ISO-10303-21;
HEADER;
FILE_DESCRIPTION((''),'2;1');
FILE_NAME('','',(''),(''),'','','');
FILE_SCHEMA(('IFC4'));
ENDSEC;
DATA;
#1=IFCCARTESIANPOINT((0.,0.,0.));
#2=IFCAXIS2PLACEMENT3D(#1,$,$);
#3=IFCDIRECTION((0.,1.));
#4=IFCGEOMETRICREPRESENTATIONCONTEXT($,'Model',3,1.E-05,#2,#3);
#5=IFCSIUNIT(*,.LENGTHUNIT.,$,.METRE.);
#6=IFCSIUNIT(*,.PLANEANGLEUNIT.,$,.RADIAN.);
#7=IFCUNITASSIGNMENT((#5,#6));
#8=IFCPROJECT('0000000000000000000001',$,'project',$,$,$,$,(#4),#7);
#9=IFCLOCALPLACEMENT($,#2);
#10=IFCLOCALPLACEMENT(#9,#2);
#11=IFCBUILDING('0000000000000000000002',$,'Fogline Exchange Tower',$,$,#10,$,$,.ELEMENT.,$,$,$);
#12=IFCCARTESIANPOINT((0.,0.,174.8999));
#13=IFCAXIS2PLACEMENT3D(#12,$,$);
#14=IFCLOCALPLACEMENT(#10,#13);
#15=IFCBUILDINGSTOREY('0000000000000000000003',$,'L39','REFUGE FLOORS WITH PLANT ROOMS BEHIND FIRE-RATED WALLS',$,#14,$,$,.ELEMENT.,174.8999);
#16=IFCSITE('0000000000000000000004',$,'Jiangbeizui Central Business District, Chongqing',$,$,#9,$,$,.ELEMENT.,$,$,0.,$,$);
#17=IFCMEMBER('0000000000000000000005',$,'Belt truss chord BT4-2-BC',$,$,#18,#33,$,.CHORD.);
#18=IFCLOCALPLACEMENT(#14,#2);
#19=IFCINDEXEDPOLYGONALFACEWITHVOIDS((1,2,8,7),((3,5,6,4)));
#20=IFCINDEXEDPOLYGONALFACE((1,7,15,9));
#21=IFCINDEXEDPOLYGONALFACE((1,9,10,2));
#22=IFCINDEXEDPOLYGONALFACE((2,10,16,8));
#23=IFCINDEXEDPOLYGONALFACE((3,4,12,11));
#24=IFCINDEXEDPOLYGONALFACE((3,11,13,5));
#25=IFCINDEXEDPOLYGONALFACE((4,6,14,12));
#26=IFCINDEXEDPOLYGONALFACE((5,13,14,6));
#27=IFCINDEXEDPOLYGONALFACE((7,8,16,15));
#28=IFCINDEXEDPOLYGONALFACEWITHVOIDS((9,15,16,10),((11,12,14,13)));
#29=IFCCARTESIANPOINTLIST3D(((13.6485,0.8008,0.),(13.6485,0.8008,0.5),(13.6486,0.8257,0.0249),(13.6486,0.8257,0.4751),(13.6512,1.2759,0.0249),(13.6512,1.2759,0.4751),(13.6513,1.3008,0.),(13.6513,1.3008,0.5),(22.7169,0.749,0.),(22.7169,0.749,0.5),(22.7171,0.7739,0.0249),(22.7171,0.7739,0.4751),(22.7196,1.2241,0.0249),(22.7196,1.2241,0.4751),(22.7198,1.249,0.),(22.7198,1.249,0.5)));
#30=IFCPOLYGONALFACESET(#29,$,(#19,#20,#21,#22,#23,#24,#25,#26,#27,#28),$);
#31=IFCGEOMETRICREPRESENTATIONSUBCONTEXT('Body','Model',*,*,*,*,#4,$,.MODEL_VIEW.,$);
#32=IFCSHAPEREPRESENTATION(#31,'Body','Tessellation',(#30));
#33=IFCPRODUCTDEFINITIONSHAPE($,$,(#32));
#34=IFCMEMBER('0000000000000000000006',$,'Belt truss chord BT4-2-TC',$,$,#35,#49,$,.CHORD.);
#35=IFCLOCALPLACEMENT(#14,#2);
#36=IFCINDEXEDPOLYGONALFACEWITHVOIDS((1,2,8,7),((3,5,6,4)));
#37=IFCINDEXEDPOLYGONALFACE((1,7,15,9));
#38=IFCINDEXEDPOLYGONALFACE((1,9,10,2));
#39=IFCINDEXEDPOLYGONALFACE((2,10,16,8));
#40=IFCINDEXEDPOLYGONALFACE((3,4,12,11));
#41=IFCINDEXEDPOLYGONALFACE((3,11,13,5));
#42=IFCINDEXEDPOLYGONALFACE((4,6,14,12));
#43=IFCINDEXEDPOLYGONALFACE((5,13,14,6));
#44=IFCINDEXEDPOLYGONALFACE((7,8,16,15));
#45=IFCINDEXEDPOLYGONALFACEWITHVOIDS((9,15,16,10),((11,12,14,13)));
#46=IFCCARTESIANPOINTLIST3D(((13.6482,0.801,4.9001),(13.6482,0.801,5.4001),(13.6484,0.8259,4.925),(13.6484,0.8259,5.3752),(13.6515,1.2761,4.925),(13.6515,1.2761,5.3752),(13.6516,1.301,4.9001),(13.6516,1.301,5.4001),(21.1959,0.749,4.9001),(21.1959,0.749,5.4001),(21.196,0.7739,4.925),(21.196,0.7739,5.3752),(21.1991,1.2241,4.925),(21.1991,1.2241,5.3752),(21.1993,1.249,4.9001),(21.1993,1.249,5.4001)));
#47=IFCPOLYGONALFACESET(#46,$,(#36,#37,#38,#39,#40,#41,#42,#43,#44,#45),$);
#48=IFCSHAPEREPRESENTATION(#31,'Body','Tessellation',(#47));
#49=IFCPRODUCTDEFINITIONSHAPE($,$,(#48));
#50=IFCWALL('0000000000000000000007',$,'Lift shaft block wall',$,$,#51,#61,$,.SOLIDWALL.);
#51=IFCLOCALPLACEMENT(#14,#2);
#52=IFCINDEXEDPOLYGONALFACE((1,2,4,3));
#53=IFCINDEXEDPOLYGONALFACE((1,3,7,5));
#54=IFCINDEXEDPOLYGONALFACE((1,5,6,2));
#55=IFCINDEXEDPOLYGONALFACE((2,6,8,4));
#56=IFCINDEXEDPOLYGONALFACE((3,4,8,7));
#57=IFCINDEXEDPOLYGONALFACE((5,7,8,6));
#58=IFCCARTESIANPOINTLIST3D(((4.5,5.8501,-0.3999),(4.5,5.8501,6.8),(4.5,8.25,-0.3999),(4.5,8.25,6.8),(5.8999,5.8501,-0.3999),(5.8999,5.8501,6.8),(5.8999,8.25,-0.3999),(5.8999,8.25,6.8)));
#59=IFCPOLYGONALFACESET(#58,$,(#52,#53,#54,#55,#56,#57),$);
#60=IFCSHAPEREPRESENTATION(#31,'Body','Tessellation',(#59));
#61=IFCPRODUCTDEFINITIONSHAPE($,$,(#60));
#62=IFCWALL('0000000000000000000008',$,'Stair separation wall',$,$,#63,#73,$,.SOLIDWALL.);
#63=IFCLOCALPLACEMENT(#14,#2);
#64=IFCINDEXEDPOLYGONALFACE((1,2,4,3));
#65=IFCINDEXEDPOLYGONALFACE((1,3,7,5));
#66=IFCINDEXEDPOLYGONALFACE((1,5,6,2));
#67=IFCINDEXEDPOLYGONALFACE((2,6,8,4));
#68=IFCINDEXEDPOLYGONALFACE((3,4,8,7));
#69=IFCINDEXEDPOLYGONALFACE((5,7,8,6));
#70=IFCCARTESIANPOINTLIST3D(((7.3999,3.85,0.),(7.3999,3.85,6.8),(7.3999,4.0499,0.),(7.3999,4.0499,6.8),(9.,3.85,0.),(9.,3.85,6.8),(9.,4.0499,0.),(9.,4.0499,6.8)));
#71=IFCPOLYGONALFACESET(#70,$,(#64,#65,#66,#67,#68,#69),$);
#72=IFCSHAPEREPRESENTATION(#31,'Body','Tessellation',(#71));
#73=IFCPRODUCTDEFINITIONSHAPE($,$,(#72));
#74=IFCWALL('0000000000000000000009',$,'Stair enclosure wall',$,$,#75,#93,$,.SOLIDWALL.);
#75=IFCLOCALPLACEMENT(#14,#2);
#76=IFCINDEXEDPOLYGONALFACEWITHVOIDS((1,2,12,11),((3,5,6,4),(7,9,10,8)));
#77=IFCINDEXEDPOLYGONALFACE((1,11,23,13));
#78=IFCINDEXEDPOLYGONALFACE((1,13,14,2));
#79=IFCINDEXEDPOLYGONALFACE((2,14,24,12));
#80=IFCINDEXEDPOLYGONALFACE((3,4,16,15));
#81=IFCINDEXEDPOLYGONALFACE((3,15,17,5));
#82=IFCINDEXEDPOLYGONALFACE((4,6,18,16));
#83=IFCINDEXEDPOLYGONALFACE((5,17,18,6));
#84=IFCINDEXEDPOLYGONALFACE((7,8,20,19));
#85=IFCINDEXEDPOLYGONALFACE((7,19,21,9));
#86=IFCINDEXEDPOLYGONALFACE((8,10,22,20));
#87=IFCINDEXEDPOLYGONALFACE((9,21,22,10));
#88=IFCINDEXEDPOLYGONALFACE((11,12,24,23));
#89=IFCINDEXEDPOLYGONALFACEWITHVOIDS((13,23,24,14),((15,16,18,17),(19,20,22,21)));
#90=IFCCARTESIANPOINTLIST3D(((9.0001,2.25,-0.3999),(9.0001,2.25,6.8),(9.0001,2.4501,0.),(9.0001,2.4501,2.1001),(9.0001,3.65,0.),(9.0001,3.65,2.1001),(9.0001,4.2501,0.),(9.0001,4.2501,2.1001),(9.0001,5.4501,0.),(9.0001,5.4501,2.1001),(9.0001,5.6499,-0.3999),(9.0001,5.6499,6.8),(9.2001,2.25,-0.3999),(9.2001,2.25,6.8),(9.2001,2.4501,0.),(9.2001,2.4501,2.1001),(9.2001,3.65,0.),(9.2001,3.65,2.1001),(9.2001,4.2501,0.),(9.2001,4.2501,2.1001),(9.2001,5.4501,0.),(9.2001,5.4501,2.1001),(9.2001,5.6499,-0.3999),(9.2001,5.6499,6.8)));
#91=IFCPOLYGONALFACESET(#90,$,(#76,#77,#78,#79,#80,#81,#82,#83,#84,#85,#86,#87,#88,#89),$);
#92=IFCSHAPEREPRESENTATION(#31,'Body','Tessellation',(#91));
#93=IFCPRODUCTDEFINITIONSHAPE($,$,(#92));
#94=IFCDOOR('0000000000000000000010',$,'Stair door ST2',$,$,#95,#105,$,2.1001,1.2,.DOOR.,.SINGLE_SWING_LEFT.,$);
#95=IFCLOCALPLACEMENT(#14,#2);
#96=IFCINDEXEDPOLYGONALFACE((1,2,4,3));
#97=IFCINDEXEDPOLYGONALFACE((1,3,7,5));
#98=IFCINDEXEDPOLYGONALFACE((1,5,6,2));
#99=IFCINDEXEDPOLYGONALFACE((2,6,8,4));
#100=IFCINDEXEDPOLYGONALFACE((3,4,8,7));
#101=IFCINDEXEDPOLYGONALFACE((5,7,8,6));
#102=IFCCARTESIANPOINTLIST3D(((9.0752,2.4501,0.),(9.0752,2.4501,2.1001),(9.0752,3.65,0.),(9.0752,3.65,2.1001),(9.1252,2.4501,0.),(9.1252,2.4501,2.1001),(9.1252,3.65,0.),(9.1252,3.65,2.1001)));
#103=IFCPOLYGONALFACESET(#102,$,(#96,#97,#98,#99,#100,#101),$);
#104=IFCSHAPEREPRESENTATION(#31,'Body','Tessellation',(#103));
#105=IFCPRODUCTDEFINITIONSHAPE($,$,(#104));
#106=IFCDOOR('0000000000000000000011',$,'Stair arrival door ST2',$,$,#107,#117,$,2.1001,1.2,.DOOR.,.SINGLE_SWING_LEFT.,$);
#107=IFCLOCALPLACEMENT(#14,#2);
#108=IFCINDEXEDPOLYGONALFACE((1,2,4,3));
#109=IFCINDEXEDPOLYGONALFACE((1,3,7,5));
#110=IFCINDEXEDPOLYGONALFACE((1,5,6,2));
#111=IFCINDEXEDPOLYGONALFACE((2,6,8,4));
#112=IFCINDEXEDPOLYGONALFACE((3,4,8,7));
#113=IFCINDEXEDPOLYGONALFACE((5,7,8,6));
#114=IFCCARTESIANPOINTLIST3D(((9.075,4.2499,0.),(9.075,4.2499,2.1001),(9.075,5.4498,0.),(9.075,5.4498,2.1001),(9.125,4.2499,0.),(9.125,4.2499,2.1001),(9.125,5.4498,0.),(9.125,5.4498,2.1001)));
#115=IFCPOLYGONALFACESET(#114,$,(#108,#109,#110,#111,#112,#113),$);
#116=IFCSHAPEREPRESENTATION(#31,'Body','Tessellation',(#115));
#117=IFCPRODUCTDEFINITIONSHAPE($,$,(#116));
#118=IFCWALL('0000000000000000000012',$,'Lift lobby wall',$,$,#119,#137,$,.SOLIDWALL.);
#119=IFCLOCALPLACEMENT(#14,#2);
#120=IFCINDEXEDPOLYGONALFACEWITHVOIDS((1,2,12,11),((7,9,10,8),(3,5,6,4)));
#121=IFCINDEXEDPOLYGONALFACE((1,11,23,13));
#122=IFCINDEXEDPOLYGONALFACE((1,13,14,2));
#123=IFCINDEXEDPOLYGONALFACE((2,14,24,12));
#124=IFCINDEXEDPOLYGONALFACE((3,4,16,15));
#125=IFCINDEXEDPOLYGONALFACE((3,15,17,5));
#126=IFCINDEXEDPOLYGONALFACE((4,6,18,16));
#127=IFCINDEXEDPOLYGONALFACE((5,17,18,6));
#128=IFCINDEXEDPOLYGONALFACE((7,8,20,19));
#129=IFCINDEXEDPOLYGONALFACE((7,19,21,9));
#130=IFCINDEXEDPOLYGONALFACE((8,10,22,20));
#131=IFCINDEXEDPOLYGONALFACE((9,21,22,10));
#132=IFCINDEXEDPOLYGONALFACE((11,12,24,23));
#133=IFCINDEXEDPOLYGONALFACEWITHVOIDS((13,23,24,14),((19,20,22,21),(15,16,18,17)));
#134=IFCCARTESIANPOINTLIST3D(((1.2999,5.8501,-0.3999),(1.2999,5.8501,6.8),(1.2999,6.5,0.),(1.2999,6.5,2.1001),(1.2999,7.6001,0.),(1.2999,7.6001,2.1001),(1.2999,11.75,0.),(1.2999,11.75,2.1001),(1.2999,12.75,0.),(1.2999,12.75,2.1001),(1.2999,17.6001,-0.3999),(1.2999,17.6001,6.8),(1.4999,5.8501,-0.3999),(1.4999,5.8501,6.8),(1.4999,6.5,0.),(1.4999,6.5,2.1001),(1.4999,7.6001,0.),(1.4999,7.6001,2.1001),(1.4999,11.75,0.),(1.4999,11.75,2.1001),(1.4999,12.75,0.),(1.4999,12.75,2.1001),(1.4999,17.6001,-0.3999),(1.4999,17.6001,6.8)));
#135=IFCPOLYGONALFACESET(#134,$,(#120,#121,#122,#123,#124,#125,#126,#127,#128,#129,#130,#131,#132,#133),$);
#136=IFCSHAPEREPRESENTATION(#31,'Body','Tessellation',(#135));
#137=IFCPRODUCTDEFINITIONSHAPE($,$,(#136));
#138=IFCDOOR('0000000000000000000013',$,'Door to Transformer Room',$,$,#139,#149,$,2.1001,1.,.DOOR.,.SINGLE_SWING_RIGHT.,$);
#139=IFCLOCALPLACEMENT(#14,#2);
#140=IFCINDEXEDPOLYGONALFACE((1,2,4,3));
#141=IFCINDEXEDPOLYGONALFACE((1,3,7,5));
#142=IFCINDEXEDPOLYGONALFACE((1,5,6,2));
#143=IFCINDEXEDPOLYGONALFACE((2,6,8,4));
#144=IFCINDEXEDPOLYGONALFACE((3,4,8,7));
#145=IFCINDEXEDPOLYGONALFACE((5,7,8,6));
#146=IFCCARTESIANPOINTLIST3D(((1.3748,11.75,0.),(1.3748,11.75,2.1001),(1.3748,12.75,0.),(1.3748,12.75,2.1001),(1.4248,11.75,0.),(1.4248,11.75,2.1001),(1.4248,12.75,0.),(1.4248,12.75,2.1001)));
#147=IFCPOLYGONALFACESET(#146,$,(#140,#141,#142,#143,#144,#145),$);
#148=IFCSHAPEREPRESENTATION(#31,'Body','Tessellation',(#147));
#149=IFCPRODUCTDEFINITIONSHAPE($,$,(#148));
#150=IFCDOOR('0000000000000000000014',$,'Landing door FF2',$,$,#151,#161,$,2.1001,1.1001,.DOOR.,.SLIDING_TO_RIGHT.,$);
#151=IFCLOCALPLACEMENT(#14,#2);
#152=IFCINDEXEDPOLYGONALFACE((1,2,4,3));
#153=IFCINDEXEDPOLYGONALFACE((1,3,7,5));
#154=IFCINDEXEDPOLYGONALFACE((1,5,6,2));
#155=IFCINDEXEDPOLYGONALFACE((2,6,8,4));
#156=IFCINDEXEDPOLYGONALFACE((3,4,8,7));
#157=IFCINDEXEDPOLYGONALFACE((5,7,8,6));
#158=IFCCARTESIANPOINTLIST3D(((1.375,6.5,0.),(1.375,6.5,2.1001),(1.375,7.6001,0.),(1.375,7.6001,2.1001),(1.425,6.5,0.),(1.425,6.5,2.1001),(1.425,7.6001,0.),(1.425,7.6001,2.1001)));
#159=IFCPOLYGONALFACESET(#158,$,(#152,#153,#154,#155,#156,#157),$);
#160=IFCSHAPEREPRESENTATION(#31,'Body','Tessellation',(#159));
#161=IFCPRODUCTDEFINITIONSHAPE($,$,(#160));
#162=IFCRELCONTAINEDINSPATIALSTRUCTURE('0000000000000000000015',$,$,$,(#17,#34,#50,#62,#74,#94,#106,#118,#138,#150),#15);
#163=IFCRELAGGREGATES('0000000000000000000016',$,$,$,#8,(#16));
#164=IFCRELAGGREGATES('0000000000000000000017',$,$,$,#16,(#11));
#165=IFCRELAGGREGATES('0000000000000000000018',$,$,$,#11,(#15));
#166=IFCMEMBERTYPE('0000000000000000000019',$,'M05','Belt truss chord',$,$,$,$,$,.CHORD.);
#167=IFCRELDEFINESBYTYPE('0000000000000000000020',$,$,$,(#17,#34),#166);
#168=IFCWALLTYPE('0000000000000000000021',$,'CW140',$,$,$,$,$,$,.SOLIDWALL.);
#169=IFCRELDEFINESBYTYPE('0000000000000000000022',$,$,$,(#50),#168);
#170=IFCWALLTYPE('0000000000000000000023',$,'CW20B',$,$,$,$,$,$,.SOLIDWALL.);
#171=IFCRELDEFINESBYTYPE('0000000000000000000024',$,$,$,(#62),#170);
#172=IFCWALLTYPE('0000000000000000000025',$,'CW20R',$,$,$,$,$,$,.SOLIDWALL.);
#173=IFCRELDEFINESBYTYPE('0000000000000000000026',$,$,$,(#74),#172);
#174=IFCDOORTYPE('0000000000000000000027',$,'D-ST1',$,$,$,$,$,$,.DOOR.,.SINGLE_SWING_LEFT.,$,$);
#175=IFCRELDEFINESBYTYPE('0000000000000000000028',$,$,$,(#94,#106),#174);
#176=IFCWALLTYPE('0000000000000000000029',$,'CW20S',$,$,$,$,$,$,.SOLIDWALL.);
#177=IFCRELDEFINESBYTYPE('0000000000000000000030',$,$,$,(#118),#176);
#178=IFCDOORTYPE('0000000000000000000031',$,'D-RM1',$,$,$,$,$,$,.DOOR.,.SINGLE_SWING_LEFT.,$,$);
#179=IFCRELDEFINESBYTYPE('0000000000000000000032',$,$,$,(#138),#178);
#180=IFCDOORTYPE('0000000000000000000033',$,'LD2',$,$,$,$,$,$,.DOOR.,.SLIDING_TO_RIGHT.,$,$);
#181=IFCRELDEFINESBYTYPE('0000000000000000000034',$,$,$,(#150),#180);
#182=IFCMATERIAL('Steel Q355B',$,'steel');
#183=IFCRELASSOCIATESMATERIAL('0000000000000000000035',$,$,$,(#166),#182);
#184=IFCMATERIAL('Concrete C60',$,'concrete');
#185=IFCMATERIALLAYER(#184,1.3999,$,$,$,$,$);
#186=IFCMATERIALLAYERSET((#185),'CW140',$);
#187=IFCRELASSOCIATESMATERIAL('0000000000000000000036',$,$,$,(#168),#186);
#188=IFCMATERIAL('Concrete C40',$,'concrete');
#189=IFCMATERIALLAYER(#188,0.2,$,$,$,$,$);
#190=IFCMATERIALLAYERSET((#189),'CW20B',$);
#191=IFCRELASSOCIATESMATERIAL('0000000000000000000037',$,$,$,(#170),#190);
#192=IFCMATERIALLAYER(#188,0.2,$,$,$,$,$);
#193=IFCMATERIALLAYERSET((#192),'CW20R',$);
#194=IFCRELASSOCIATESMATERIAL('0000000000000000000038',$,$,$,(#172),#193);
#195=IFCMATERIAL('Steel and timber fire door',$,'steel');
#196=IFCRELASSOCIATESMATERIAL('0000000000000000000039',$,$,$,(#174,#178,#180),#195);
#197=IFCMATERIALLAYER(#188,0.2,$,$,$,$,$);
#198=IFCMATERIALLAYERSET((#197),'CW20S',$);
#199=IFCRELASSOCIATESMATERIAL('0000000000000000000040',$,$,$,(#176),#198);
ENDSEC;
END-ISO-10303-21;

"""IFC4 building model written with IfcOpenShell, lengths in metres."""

from ifc_helpers import new_model, si_unit, direction, frame, frame_2d, origin, origin_2d, place, context, subcontext, project, spatial, rectangle, hollow_rectangle, extrude, material, layer, layer_set, material_profile, profile_set, type_object, element, fill, save


model = new_model("IFC4")

# Units and contexts
model_context = context("Model", 3, precision=1e-05, world=origin(), true_north=direction((0.0, 1.0)))
body_context = subcontext(model_context, "Body", "Model", "MODEL_VIEW")
ifc_project = project(units=[si_unit("LENGTHUNIT", "METRE"), si_unit("PLANEANGLEUNIT", "RADIAN")], contexts=[model_context])

# Site, building, storey
site_placement = place(None, origin())
site = spatial("IfcSite", under=ifc_project, at=site_placement, Name="Jiangbeizui Central Business District, Chongqing", CompositionType="ELEMENT", RefElevation=0.0)
building_placement = place(site_placement, origin())
building = spatial("IfcBuilding", under=site, at=building_placement, Name="Fogline Exchange Tower", CompositionType="ELEMENT")
storey_placement = place(building_placement, frame((0.0, 0.0, 174.8999)))
storey = spatial("IfcBuildingStorey", under=building, at=storey_placement, Name="L39", Description="REFUGE FLOORS WITH PLANT ROOMS BEHIND FIRE-RATED WALLS", CompositionType="ELEMENT", Elevation=174.8999)

# Members
ifc_material_1 = material(Name="Steel Q355B", Category="steel")
ifc_material_profile = material_profile(ifc_material_1, hollow_rectangle(XDim=0.5, YDim=0.5, WallThickness=0.0249, at=origin_2d()), Name="BOX500X500X25")
ifc_profile_set = profile_set([ifc_material_profile], Name="Steel Q355B")
member_type = type_object("IfcMemberType", Name="M05", Description="Belt truss chord", PredefinedType="CHORD", material=ifc_profile_set)
member_1_placement = place(storey_placement, frame((13.6499, 1.0508, 0.25), z_axis=(0.999984, -0.005707, 0.0), x_axis=(0.005707, 0.999984, 0.0)))
element("IfcMember", 1, at=member_1_placement, inside=storey, type_object=member_type, Name="Belt truss chord BT4-2-BC", PredefinedType="CHORD", context=body_context, shape_type="SweptSolid", body=[
    extrude(hollow_rectangle(XDim=0.5, YDim=0.5, WallThickness=0.0249, at=origin_2d()), origin(), (0.0, 0.0, 1.0), 9.0686),
])
member_2_placement = place(storey_placement, frame((13.6499, 1.051, 5.1501), z_axis=(0.999976, -0.00689, 0.0), x_axis=(0.00689, 0.999976, 0.0)))
element("IfcMember", 2, at=member_2_placement, inside=storey, type_object=member_type, Name="Belt truss chord BT4-2-TC", PredefinedType="CHORD", context=body_context, shape_type="SweptSolid", body=[
    extrude(hollow_rectangle(XDim=0.5, YDim=0.5, WallThickness=0.0249, at=origin_2d()), origin(), (0.0, 0.0, 1.0), 7.5479),
])

# Walls
ifc_material_2 = material(Name="Concrete C60", Category="concrete")
ifc_layer_1 = layer(ifc_material_2, 1.3999)
ifc_layer_set_1 = layer_set([ifc_layer_1], Name="CW140")
wall_type_1 = type_object("IfcWallType", Name="CW140", PredefinedType="SOLIDWALL", material=ifc_layer_set_1)
wall_1_placement = place(storey_placement, frame((5.2, 5.8501, -0.3999), z_axis=(0.0, 0.0, 1.0), x_axis=(0.0, 1.0, 0.0)))
element("IfcWall", 3, at=wall_1_placement, inside=storey, type_object=wall_type_1, Name="Lift shaft block wall", PredefinedType="SOLIDWALL", context=body_context, shape_type="SweptSolid", body=[
    extrude(rectangle(XDim=2.3999, YDim=1.3999, at=frame_2d((1.2, 0.0))), origin(), (0.0, 0.0, 1.0), 7.2),
])
ifc_material_3 = material(Name="Concrete C40", Category="concrete")
ifc_layer_2 = layer(ifc_material_3, 0.2)
ifc_layer_set_2 = layer_set([ifc_layer_2], Name="CW20B")
wall_type_2 = type_object("IfcWallType", Name="CW20B", PredefinedType="SOLIDWALL", material=ifc_layer_set_2)
wall_2_placement = place(storey_placement, frame((7.3999, 3.95, 0.0), z_axis=(0.0, 0.0, 1.0), x_axis=(1.0, 0.0, 0.0)))
element("IfcWall", 4, at=wall_2_placement, inside=storey, type_object=wall_type_2, Name="Stair separation wall", PredefinedType="SOLIDWALL", context=body_context, shape_type="SweptSolid", body=[
    extrude(rectangle(XDim=1.6001, YDim=0.2, at=frame_2d((0.8, 0.0))), origin(), (0.0, 0.0, 1.0), 6.8),
])

# Walls, openings, doors
ifc_layer_3 = layer(ifc_material_3, 0.2)
ifc_layer_set_3 = layer_set([ifc_layer_3], Name="CW20R")
wall_type_3 = type_object("IfcWallType", Name="CW20R", PredefinedType="SOLIDWALL", material=ifc_layer_set_3)
wall_3_placement = place(storey_placement, frame((9.1001, 2.25, -0.3999), z_axis=(0.0, 0.0, 1.0), x_axis=(0.0, 1.0, 0.0)))
wall_3 = element("IfcWall", 5, at=wall_3_placement, inside=storey, type_object=wall_type_3, Name="Stair enclosure wall", PredefinedType="SOLIDWALL", context=body_context, shape_type="SweptSolid", body=[
    extrude(rectangle(XDim=3.3999, YDim=0.2, at=frame_2d((1.7, 0.0))), origin(), (0.0, 0.0, 1.0), 7.2),
])
opening_1_placement = place(wall_3_placement, frame((0.2, 0.0, 0.3999)))
opening_1 = element("IfcOpeningElement", 6, at=opening_1_placement, cuts=wall_3, PredefinedType="OPENING", context=body_context, shape_type="SweptSolid", body=[
    extrude(rectangle(XDim=1.2, YDim=2.1001, at=frame_2d((0.6001, 1.05))), frame((0.0, 0.1099, 0.0), z_axis=(0.0, -1.0, 0.0), x_axis=(1.0, 0.0, 0.0)), (0.0, 0.0, 1.0), 0.22),
])
opening_2_placement = place(wall_3_placement, frame((2.0, 0.0, 0.3999)))
opening_2 = element("IfcOpeningElement", 7, at=opening_2_placement, cuts=wall_3, PredefinedType="OPENING", context=body_context, shape_type="SweptSolid", body=[
    extrude(rectangle(XDim=1.2, YDim=2.1001, at=frame_2d((0.6001, 1.05))), frame((0.0, 0.1099, 0.0), z_axis=(0.0, -1.0, 0.0), x_axis=(1.0, 0.0, 0.0)), (0.0, 0.0, 1.0), 0.22),
])
ifc_material_4 = material(Name="Steel and timber fire door", Category="steel")
door_type_1 = type_object("IfcDoorType", Name="D-ST1", OperationType="SINGLE_SWING_LEFT", PredefinedType="DOOR", material=ifc_material_4)
door_1_placement = place(opening_1_placement, origin())
door_1 = element("IfcDoor", 8, at=door_1_placement, inside=storey, type_object=door_type_1, Name="Stair door ST2", OperationType="SINGLE_SWING_LEFT", OverallHeight=2.1001, OverallWidth=1.2, PredefinedType="DOOR", context=body_context, shape_type="SweptSolid", body=[
    extrude(rectangle(XDim=1.2, YDim=2.1001, at=frame_2d((0.6001, 1.05))), frame((0.0, 0.0249, 0.0), z_axis=(0.0, -1.0, 0.0), x_axis=(1.0, 0.0, 0.0)), (0.0, 0.0, 1.0), 0.05),
])
fill(opening_1, door_1)
door_2_placement = place(opening_2_placement, frame((1.2, 0.0, 0.0), z_axis=(0.0, 0.0, 1.0), x_axis=(-1.0, 0.0, 0.0)))
door_2 = element("IfcDoor", 9, at=door_2_placement, inside=storey, type_object=door_type_1, Name="Stair arrival door ST2", OperationType="SINGLE_SWING_LEFT", OverallHeight=2.1001, OverallWidth=1.2, PredefinedType="DOOR", context=body_context, shape_type="SweptSolid", body=[
    extrude(rectangle(XDim=1.2, YDim=2.1001, at=frame_2d((0.6001, 1.05))), frame((0.0, 0.0249, 0.0), z_axis=(0.0, -1.0, 0.0), x_axis=(1.0, 0.0, 0.0)), (0.0, 0.0, 1.0), 0.05),
])
fill(opening_2, door_2)
ifc_layer_4 = layer(ifc_material_3, 0.2)
ifc_layer_set_4 = layer_set([ifc_layer_4], Name="CW20S")
wall_type_4 = type_object("IfcWallType", Name="CW20S", PredefinedType="SOLIDWALL", material=ifc_layer_set_4)
wall_4_placement = place(storey_placement, frame((1.3999, 5.8501, -0.3999), z_axis=(0.0, 0.0, 1.0), x_axis=(0.0, 1.0, 0.0)))
wall_4 = element("IfcWall", 10, at=wall_4_placement, inside=storey, type_object=wall_type_4, Name="Lift lobby wall", PredefinedType="SOLIDWALL", context=body_context, shape_type="SweptSolid", body=[
    extrude(rectangle(XDim=11.75, YDim=0.2, at=frame_2d((5.875, 0.0))), origin(), (0.0, 0.0, 1.0), 7.2),
])
opening_3_placement = place(wall_4_placement, frame((0.6499, 0.0, 0.3999)))
opening_3 = element("IfcOpeningElement", 11, at=opening_3_placement, cuts=wall_4, PredefinedType="OPENING", context=body_context, shape_type="SweptSolid", body=[
    extrude(rectangle(XDim=1.1001, YDim=2.1001, at=frame_2d((0.55, 1.05))), frame((0.0, 0.1099, 0.0), z_axis=(0.0, -1.0, 0.0), x_axis=(1.0, 0.0, 0.0)), (0.0, 0.0, 1.0), 0.22),
])
opening_4_placement = place(wall_4_placement, frame((5.8999, 0.0, 0.3999)))
opening_4 = element("IfcOpeningElement", 12, at=opening_4_placement, cuts=wall_4, PredefinedType="OPENING", context=body_context, shape_type="SweptSolid", body=[
    extrude(rectangle(XDim=1.0, YDim=2.1001, at=frame_2d((0.5, 1.05))), frame((0.0, 0.1099, 0.0), z_axis=(0.0, -1.0, 0.0), x_axis=(1.0, 0.0, 0.0)), (0.0, 0.0, 1.0), 0.22),
])
door_type_2 = type_object("IfcDoorType", Name="D-RM1", OperationType="SINGLE_SWING_LEFT", PredefinedType="DOOR", material=ifc_material_4)
door_3_placement = place(opening_4_placement, frame((1.0, 0.0, 0.0), z_axis=(0.0, 0.0, 1.0), x_axis=(-1.0, 0.0, 0.0)))
door_3 = element("IfcDoor", 13, at=door_3_placement, inside=storey, type_object=door_type_2, Name="Door to Transformer Room", OperationType="SINGLE_SWING_RIGHT", OverallHeight=2.1001, OverallWidth=1.0, PredefinedType="DOOR", context=body_context, shape_type="SweptSolid", body=[
    extrude(rectangle(XDim=1.0, YDim=2.1001, at=frame_2d((0.5, 1.05))), frame((0.0, 0.0249, 0.0), z_axis=(0.0, -1.0, 0.0), x_axis=(1.0, 0.0, 0.0)), (0.0, 0.0, 1.0), 0.05),
])
fill(opening_4, door_3)
door_type_3 = type_object("IfcDoorType", Name="LD2", OperationType="SLIDING_TO_RIGHT", PredefinedType="DOOR", material=ifc_material_4)
door_4_placement = place(opening_3_placement, origin())
door_4 = element("IfcDoor", 14, at=door_4_placement, inside=storey, type_object=door_type_3, Name="Landing door FF2", OperationType="SLIDING_TO_RIGHT", OverallHeight=2.1001, OverallWidth=1.1001, PredefinedType="DOOR", context=body_context, shape_type="SweptSolid", body=[
    extrude(rectangle(XDim=1.1001, YDim=2.1001, at=frame_2d((0.55, 1.05))), frame((0.0, 0.0249, 0.0), z_axis=(0.0, -1.0, 0.0), x_axis=(1.0, 0.0, 0.0)), (0.0, 0.0, 1.0), 0.05),
])
fill(opening_3, door_4)

save(model, "model.ifc")
